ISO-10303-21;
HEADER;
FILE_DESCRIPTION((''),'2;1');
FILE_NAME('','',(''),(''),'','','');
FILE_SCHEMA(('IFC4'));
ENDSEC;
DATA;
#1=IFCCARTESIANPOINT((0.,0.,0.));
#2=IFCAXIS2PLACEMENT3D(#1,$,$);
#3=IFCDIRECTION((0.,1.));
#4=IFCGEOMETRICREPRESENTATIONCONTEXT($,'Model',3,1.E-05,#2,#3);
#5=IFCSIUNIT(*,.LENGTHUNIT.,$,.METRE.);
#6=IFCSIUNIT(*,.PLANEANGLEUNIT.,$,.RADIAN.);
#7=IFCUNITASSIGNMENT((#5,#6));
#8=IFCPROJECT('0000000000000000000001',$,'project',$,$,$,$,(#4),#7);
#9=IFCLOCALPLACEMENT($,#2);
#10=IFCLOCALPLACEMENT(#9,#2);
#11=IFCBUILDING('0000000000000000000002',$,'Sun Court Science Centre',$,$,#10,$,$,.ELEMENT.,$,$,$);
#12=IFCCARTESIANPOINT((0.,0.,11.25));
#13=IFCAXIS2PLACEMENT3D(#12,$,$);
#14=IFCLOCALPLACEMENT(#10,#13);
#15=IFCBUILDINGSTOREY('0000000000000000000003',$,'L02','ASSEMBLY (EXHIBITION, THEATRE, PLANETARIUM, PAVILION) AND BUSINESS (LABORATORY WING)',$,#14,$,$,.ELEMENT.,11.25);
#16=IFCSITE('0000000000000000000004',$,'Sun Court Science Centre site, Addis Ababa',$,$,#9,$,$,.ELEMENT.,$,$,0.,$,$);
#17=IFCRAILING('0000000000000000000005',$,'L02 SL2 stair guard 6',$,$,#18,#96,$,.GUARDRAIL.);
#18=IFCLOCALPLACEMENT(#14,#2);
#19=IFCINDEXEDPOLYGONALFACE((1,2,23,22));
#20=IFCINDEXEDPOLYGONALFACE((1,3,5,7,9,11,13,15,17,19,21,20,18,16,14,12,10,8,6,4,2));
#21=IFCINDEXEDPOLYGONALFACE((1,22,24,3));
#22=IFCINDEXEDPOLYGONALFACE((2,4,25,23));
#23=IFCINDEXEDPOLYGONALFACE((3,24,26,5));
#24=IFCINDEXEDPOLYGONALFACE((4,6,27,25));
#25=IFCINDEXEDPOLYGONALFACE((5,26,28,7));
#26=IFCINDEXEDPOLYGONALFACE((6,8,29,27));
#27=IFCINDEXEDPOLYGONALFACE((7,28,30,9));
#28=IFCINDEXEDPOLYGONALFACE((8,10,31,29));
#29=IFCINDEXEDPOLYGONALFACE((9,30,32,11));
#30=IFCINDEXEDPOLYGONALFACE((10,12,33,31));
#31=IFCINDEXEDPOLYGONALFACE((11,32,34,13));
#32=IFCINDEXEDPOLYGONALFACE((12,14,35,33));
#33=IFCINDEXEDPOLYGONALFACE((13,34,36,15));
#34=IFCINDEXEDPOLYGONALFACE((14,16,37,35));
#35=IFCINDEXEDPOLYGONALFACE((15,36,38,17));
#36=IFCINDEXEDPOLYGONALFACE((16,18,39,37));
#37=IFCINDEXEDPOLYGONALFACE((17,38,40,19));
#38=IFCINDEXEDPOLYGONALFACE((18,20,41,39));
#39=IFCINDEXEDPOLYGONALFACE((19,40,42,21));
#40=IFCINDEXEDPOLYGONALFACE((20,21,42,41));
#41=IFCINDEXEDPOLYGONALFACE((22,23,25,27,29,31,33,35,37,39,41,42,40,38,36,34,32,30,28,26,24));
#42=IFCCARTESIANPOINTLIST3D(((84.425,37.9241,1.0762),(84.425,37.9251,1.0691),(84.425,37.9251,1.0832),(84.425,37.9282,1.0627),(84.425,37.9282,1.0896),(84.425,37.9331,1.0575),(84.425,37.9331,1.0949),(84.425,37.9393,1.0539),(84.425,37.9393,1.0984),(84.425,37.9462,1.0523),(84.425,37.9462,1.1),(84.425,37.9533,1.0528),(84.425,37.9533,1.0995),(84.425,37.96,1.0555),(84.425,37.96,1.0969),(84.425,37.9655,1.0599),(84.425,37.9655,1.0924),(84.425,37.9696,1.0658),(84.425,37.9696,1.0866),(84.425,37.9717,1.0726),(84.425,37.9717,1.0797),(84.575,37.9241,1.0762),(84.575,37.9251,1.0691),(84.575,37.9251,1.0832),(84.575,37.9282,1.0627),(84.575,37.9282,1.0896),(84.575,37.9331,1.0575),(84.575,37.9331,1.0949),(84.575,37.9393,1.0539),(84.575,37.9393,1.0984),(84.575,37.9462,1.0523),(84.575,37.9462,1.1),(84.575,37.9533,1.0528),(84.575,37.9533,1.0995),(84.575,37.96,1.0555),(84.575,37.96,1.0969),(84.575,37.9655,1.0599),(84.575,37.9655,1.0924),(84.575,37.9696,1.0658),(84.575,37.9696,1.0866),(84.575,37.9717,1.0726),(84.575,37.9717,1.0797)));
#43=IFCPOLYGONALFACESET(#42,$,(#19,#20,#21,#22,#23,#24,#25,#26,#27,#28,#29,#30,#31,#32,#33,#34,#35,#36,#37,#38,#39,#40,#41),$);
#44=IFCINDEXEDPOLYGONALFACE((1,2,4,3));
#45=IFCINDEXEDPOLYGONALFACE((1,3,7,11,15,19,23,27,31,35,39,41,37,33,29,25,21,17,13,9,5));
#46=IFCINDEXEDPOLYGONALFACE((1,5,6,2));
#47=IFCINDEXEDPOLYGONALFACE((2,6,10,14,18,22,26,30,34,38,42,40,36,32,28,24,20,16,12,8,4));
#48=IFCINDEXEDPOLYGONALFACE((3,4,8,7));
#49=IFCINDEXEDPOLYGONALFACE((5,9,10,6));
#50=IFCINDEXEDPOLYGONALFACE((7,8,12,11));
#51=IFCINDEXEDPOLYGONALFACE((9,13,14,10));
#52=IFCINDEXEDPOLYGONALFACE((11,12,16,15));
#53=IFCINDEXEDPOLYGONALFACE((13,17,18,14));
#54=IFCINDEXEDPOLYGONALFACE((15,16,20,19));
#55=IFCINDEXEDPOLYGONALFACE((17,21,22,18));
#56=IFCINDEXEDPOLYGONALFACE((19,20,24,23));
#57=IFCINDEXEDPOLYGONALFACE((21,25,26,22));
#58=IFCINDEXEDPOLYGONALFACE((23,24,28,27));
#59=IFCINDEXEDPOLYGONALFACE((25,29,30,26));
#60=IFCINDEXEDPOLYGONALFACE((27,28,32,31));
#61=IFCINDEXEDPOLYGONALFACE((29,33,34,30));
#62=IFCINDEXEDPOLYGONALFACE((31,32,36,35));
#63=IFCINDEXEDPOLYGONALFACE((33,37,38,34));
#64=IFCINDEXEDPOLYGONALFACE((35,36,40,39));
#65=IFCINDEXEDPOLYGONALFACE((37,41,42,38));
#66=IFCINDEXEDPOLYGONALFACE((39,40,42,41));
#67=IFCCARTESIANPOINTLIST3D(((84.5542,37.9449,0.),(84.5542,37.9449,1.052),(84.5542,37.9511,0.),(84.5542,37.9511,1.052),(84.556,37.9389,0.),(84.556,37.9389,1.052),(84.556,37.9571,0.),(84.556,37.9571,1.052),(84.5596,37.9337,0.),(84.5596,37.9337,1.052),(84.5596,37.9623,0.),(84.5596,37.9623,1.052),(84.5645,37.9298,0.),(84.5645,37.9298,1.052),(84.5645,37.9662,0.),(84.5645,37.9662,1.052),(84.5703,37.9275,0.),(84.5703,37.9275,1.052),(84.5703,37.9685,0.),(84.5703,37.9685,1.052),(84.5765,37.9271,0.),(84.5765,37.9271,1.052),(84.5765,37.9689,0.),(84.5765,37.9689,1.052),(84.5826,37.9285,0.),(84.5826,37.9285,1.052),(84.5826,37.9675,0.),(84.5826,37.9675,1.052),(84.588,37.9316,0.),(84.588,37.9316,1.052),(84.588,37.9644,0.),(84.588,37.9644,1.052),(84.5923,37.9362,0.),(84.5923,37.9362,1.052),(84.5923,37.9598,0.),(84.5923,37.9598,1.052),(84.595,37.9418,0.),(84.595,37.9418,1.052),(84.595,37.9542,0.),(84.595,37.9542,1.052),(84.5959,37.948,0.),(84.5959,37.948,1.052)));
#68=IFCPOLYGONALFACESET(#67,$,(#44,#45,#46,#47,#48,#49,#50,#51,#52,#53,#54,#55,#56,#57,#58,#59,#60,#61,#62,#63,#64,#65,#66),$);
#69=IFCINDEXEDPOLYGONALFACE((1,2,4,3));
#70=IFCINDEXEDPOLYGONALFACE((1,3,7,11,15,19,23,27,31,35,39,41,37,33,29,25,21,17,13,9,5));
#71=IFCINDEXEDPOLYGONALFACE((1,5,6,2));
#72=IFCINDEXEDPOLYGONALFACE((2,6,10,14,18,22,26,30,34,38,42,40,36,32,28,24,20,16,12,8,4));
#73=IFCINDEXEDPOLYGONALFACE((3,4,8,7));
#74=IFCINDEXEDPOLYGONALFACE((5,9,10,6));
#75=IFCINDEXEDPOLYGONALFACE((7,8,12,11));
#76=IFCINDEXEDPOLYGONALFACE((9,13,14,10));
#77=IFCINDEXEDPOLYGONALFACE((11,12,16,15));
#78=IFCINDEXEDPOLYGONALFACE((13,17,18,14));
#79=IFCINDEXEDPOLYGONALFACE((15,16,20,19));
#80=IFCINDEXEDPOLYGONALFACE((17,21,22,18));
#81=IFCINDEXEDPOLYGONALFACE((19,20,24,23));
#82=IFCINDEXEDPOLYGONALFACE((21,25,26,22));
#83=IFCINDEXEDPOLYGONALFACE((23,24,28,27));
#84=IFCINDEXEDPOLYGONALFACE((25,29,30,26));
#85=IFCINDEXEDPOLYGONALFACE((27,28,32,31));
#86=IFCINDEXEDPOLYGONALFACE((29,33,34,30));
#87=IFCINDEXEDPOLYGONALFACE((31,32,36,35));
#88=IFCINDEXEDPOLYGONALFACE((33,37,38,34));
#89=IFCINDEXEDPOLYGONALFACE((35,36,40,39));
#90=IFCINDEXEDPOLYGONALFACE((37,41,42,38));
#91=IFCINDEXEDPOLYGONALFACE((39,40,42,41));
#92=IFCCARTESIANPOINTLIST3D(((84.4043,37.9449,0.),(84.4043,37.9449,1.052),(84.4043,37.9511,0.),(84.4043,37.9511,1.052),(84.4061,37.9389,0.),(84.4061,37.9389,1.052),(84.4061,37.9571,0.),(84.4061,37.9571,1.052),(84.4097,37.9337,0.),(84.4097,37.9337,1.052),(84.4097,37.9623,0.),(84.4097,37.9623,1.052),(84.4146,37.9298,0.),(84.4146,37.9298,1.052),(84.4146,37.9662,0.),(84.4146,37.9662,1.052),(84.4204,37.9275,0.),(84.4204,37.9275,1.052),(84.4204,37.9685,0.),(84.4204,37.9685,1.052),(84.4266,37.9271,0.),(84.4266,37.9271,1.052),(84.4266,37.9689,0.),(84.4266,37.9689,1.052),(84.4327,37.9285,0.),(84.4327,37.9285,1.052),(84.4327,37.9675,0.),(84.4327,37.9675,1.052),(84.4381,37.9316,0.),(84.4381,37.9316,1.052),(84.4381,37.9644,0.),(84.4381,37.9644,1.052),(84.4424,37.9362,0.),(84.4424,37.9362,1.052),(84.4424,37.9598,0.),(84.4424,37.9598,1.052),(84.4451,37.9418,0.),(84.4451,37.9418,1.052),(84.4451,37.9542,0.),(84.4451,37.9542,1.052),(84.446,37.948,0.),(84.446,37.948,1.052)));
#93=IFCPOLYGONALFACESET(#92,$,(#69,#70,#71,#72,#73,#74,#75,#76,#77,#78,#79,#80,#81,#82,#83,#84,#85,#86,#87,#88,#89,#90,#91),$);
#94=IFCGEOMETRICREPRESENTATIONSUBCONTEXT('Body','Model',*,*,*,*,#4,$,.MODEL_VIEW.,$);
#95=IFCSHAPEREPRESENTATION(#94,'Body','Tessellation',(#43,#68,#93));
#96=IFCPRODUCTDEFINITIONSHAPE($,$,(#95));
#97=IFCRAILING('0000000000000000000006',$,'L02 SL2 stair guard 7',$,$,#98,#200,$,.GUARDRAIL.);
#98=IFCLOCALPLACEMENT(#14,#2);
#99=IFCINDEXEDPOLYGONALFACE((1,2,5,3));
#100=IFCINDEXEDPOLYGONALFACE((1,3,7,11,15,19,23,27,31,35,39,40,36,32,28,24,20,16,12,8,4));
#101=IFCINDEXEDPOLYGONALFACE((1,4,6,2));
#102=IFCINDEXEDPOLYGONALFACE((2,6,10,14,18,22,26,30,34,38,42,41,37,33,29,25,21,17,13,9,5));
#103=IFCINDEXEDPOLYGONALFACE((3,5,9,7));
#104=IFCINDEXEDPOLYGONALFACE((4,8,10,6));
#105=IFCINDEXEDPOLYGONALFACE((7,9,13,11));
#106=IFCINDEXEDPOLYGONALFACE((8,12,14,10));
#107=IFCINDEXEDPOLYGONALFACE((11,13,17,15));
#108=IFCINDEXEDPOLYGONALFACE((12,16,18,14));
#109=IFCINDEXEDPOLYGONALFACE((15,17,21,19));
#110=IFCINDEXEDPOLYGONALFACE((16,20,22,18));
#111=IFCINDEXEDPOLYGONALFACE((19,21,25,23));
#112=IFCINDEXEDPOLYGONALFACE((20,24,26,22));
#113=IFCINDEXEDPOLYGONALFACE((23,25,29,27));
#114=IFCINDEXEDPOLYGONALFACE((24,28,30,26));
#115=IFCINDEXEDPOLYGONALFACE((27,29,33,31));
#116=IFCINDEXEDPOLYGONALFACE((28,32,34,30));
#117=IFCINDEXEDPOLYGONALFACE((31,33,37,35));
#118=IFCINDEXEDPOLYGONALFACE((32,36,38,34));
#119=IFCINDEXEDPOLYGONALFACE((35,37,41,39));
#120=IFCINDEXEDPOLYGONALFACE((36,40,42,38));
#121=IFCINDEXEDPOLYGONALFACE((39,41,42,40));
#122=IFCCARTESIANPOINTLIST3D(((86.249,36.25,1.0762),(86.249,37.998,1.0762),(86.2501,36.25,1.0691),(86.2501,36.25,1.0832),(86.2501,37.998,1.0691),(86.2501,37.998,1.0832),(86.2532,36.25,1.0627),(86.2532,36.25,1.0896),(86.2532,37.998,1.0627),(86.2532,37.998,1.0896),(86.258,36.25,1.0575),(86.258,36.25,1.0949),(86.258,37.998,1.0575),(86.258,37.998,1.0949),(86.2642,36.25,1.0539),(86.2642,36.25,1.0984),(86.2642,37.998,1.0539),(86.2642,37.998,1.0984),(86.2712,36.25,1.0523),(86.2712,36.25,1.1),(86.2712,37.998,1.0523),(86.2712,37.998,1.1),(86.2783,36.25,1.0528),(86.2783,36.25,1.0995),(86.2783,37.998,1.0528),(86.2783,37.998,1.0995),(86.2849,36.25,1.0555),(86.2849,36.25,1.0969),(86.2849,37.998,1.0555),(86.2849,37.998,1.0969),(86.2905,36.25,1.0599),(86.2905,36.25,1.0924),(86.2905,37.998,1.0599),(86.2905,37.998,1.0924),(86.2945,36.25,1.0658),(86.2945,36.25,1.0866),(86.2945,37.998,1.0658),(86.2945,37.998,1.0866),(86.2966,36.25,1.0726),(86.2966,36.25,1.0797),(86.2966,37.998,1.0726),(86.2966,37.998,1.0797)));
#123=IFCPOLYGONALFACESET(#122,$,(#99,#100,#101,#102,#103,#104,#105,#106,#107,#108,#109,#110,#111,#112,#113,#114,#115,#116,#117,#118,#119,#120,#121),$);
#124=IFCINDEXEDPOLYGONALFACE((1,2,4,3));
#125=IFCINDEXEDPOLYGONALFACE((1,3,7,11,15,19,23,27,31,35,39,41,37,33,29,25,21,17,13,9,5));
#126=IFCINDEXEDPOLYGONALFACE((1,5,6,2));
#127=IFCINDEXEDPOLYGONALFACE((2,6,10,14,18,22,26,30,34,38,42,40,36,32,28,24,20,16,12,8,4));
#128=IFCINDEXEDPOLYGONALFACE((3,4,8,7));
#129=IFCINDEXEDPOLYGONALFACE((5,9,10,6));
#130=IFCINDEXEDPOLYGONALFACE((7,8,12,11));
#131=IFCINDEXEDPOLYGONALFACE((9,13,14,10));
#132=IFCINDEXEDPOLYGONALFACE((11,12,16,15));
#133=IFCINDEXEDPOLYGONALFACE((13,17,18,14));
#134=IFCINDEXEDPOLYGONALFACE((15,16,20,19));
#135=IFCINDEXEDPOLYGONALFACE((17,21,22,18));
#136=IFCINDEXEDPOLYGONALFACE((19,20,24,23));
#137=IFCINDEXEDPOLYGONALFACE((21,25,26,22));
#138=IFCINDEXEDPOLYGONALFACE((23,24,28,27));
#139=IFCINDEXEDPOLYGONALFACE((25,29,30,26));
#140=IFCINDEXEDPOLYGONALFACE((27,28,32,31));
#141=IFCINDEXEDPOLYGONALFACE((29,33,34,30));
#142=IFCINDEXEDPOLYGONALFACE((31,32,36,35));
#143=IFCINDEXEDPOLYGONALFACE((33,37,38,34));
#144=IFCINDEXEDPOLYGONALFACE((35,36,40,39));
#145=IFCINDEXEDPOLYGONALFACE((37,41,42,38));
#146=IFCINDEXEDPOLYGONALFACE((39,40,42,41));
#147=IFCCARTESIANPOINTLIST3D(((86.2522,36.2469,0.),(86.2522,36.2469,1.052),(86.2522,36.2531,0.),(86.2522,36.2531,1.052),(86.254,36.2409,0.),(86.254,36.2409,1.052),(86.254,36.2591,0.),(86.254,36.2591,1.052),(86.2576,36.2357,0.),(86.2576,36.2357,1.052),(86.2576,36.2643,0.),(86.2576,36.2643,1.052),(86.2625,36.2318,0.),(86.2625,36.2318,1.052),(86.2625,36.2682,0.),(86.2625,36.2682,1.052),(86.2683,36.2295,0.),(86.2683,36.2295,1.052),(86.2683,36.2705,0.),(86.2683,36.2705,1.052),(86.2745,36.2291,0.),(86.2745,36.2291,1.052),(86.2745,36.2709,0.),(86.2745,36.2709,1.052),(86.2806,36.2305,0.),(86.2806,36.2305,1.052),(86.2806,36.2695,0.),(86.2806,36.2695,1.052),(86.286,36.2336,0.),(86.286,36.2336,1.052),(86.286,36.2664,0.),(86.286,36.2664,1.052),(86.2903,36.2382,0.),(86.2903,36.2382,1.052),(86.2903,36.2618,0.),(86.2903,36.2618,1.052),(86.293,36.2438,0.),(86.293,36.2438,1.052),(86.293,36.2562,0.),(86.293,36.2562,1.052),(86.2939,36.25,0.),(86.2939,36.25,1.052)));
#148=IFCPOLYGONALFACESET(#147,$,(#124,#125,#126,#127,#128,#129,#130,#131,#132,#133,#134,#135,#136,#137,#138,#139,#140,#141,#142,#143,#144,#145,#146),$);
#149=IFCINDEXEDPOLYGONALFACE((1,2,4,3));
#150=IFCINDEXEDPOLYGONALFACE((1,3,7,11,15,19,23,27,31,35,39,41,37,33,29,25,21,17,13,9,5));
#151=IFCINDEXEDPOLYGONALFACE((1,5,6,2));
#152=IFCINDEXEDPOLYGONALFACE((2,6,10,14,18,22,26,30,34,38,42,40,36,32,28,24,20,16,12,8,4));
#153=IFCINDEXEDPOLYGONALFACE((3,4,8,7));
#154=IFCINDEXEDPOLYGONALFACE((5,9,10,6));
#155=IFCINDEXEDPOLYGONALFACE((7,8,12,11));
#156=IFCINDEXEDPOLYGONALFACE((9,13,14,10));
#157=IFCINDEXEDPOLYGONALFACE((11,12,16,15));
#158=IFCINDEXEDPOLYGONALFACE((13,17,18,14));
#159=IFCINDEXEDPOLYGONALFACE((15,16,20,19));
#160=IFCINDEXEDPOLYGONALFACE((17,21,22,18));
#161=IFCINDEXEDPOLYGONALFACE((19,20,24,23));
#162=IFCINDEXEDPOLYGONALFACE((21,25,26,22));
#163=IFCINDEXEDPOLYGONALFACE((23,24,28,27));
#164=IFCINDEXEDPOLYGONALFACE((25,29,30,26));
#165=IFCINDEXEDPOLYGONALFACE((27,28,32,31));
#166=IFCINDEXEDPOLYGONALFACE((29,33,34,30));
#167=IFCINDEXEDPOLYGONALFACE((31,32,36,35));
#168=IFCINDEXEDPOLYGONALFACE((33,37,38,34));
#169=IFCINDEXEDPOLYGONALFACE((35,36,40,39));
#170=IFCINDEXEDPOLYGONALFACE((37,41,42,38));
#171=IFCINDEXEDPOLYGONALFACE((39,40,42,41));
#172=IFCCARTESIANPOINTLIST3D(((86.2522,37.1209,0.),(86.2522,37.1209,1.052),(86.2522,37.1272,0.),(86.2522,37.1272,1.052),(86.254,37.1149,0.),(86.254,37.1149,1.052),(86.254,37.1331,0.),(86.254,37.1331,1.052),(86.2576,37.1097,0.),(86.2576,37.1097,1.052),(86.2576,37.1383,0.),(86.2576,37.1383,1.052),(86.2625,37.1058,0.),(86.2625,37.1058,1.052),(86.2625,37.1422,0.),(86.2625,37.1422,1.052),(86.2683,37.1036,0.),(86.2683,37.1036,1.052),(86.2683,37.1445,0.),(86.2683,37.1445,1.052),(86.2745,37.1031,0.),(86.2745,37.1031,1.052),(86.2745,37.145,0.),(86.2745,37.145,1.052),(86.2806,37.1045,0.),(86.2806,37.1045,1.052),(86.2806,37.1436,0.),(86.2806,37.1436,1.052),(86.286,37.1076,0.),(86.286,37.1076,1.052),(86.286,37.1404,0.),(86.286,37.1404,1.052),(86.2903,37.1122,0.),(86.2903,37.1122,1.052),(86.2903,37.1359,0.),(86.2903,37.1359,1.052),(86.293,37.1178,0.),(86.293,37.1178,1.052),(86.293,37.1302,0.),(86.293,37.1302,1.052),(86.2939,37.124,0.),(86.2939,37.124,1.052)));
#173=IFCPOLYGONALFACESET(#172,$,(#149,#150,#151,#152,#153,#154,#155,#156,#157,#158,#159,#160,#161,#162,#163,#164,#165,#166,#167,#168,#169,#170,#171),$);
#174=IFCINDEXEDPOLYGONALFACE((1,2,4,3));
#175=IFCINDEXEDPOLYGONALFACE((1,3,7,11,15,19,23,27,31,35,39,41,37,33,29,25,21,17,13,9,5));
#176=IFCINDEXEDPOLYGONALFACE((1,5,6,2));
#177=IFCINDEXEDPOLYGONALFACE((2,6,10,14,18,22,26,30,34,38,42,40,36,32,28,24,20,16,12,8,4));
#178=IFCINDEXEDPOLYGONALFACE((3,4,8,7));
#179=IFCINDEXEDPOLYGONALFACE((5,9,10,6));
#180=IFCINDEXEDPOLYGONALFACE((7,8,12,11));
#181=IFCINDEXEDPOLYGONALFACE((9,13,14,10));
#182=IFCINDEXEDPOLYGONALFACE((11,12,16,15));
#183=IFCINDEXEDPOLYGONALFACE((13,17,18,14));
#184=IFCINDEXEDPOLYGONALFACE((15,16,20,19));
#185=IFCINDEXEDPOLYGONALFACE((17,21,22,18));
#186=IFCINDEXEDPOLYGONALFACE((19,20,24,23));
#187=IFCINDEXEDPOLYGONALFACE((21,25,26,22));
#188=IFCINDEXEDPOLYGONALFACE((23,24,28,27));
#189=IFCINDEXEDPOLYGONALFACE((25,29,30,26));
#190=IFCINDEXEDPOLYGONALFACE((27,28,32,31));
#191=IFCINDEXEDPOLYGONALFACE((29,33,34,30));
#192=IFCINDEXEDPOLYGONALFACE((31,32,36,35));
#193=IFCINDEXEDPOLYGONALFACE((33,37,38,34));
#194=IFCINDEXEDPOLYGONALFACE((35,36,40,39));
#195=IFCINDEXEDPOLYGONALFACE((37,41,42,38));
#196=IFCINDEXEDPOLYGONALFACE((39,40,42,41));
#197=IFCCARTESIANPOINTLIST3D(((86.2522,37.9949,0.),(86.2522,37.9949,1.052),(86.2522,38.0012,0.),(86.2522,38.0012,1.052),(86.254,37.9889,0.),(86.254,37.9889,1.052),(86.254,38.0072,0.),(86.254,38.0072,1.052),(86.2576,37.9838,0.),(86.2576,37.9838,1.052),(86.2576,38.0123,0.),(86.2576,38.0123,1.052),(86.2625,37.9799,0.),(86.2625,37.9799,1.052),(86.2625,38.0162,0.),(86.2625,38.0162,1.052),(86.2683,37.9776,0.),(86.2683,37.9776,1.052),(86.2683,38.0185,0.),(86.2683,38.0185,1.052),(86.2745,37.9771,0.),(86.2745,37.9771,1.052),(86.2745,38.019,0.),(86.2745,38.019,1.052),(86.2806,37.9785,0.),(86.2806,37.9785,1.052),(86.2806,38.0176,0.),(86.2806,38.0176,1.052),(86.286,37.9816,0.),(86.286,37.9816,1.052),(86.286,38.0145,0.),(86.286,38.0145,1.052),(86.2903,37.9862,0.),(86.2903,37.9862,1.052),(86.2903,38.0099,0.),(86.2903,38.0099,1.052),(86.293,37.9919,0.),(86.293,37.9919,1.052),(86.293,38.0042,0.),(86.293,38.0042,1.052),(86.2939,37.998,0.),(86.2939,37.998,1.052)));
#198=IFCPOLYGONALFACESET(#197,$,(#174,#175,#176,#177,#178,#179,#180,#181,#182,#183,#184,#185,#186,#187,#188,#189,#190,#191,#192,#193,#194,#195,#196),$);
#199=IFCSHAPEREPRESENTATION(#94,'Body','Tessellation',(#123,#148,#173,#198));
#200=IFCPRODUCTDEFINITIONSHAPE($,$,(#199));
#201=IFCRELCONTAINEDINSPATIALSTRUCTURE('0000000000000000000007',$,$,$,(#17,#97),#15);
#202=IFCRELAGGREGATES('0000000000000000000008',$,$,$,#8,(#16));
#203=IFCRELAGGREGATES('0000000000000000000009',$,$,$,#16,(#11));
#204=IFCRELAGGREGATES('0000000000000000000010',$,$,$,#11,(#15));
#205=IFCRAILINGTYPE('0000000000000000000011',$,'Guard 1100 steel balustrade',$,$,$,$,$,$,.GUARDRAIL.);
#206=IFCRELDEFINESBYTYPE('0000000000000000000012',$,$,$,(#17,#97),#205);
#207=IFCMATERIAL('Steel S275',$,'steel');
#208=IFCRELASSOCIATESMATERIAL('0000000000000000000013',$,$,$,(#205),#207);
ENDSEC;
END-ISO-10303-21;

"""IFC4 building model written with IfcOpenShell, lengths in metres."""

from ifc_helpers import new_model, si_unit, direction, frame, origin, origin_2d, place, context, subcontext, project, spatial, circle, extrude, material, type_object, element, save


model = new_model("IFC4")

# Units and contexts
model_context = context("Model", 3, precision=1e-05, world=origin(), true_north=direction((0.0, 1.0)))
body_context = subcontext(model_context, "Body", "Model", "MODEL_VIEW")
ifc_project = project(units=[si_unit("LENGTHUNIT", "METRE"), si_unit("PLANEANGLEUNIT", "RADIAN")], contexts=[model_context])

# Site, building, storey
site_placement = place(None, origin())
site = spatial("IfcSite", under=ifc_project, at=site_placement, Name="Sun Court Science Centre site, Addis Ababa", CompositionType="ELEMENT", RefElevation=0.0)
building_placement = place(site_placement, origin())
building = spatial("IfcBuilding", under=site, at=building_placement, Name="Sun Court Science Centre", CompositionType="ELEMENT")
storey_placement = place(building_placement, frame((0.0, 0.0, 11.25)))
storey = spatial("IfcBuildingStorey", under=building, at=storey_placement, Name="L02", Description="ASSEMBLY (EXHIBITION, THEATRE, PLANETARIUM, PAVILION) AND BUSINESS (LABORATORY WING)", CompositionType="ELEMENT", Elevation=11.25)

# Railings
ifc_material_1 = material(Name="Steel S275", Category="steel")
railing_type_1 = type_object("IfcRailingType", Name="Guard 1100 steel balustrade", PredefinedType="GUARDRAIL", material=ifc_material_1)
railing_1_placement = place(storey_placement, frame((84.575, 37.948, 0.0)))
element("IfcRailing", 1, at=railing_1_placement, inside=storey, type_object=railing_type_1, Name="L02 SL2 stair guard 6", PredefinedType="GUARDRAIL", context=body_context, shape_type="SweptSolid", body=[
    extrude(circle(Radius=0.0239, at=origin_2d()), frame((0.0, 0.0, 1.0762), z_axis=(-1.0, 0.0, 0.0), x_axis=(0.0, -1.0, 0.0)), (0.0, 0.0, 1.0), 0.1499),
    extrude(circle(Radius=0.021, at=origin_2d()), origin(), (0.0, 0.0, 1.0), 1.052),
    extrude(circle(Radius=0.021, at=origin_2d()), frame((-0.1499, 0.0, 0.0)), (0.0, 0.0, 1.0), 1.052),
])
for number, where, name in (
    (2, (86.2729, 36.25, 0.0), "L02 SL2 stair guard 7"),
):
    element("IfcRailing", number, at=place(storey_placement, frame(where)), inside=storey, type_object=railing_type_1, Name=name, PredefinedType="GUARDRAIL", context=body_context, shape_type="SweptSolid", body=[
        extrude(circle(Radius=0.0239, at=origin_2d()), frame((0.0, 0.0, 1.0762), z_axis=(0.0, 1.0, 0.0), x_axis=(-1.0, 0.0, 0.0)), (0.0, 0.0, 1.0), 1.748),
        extrude(circle(Radius=0.021, at=origin_2d()), origin(), (0.0, 0.0, 1.0), 1.052),
        extrude(circle(Radius=0.021, at=origin_2d()), frame((0.0, 0.874, 0.0)), (0.0, 0.0, 1.0), 1.052),
        extrude(circle(Radius=0.021, at=origin_2d()), frame((0.0, 1.748, 0.0)), (0.0, 0.0, 1.0), 1.052),
    ])

save(model, "model.ifc")
